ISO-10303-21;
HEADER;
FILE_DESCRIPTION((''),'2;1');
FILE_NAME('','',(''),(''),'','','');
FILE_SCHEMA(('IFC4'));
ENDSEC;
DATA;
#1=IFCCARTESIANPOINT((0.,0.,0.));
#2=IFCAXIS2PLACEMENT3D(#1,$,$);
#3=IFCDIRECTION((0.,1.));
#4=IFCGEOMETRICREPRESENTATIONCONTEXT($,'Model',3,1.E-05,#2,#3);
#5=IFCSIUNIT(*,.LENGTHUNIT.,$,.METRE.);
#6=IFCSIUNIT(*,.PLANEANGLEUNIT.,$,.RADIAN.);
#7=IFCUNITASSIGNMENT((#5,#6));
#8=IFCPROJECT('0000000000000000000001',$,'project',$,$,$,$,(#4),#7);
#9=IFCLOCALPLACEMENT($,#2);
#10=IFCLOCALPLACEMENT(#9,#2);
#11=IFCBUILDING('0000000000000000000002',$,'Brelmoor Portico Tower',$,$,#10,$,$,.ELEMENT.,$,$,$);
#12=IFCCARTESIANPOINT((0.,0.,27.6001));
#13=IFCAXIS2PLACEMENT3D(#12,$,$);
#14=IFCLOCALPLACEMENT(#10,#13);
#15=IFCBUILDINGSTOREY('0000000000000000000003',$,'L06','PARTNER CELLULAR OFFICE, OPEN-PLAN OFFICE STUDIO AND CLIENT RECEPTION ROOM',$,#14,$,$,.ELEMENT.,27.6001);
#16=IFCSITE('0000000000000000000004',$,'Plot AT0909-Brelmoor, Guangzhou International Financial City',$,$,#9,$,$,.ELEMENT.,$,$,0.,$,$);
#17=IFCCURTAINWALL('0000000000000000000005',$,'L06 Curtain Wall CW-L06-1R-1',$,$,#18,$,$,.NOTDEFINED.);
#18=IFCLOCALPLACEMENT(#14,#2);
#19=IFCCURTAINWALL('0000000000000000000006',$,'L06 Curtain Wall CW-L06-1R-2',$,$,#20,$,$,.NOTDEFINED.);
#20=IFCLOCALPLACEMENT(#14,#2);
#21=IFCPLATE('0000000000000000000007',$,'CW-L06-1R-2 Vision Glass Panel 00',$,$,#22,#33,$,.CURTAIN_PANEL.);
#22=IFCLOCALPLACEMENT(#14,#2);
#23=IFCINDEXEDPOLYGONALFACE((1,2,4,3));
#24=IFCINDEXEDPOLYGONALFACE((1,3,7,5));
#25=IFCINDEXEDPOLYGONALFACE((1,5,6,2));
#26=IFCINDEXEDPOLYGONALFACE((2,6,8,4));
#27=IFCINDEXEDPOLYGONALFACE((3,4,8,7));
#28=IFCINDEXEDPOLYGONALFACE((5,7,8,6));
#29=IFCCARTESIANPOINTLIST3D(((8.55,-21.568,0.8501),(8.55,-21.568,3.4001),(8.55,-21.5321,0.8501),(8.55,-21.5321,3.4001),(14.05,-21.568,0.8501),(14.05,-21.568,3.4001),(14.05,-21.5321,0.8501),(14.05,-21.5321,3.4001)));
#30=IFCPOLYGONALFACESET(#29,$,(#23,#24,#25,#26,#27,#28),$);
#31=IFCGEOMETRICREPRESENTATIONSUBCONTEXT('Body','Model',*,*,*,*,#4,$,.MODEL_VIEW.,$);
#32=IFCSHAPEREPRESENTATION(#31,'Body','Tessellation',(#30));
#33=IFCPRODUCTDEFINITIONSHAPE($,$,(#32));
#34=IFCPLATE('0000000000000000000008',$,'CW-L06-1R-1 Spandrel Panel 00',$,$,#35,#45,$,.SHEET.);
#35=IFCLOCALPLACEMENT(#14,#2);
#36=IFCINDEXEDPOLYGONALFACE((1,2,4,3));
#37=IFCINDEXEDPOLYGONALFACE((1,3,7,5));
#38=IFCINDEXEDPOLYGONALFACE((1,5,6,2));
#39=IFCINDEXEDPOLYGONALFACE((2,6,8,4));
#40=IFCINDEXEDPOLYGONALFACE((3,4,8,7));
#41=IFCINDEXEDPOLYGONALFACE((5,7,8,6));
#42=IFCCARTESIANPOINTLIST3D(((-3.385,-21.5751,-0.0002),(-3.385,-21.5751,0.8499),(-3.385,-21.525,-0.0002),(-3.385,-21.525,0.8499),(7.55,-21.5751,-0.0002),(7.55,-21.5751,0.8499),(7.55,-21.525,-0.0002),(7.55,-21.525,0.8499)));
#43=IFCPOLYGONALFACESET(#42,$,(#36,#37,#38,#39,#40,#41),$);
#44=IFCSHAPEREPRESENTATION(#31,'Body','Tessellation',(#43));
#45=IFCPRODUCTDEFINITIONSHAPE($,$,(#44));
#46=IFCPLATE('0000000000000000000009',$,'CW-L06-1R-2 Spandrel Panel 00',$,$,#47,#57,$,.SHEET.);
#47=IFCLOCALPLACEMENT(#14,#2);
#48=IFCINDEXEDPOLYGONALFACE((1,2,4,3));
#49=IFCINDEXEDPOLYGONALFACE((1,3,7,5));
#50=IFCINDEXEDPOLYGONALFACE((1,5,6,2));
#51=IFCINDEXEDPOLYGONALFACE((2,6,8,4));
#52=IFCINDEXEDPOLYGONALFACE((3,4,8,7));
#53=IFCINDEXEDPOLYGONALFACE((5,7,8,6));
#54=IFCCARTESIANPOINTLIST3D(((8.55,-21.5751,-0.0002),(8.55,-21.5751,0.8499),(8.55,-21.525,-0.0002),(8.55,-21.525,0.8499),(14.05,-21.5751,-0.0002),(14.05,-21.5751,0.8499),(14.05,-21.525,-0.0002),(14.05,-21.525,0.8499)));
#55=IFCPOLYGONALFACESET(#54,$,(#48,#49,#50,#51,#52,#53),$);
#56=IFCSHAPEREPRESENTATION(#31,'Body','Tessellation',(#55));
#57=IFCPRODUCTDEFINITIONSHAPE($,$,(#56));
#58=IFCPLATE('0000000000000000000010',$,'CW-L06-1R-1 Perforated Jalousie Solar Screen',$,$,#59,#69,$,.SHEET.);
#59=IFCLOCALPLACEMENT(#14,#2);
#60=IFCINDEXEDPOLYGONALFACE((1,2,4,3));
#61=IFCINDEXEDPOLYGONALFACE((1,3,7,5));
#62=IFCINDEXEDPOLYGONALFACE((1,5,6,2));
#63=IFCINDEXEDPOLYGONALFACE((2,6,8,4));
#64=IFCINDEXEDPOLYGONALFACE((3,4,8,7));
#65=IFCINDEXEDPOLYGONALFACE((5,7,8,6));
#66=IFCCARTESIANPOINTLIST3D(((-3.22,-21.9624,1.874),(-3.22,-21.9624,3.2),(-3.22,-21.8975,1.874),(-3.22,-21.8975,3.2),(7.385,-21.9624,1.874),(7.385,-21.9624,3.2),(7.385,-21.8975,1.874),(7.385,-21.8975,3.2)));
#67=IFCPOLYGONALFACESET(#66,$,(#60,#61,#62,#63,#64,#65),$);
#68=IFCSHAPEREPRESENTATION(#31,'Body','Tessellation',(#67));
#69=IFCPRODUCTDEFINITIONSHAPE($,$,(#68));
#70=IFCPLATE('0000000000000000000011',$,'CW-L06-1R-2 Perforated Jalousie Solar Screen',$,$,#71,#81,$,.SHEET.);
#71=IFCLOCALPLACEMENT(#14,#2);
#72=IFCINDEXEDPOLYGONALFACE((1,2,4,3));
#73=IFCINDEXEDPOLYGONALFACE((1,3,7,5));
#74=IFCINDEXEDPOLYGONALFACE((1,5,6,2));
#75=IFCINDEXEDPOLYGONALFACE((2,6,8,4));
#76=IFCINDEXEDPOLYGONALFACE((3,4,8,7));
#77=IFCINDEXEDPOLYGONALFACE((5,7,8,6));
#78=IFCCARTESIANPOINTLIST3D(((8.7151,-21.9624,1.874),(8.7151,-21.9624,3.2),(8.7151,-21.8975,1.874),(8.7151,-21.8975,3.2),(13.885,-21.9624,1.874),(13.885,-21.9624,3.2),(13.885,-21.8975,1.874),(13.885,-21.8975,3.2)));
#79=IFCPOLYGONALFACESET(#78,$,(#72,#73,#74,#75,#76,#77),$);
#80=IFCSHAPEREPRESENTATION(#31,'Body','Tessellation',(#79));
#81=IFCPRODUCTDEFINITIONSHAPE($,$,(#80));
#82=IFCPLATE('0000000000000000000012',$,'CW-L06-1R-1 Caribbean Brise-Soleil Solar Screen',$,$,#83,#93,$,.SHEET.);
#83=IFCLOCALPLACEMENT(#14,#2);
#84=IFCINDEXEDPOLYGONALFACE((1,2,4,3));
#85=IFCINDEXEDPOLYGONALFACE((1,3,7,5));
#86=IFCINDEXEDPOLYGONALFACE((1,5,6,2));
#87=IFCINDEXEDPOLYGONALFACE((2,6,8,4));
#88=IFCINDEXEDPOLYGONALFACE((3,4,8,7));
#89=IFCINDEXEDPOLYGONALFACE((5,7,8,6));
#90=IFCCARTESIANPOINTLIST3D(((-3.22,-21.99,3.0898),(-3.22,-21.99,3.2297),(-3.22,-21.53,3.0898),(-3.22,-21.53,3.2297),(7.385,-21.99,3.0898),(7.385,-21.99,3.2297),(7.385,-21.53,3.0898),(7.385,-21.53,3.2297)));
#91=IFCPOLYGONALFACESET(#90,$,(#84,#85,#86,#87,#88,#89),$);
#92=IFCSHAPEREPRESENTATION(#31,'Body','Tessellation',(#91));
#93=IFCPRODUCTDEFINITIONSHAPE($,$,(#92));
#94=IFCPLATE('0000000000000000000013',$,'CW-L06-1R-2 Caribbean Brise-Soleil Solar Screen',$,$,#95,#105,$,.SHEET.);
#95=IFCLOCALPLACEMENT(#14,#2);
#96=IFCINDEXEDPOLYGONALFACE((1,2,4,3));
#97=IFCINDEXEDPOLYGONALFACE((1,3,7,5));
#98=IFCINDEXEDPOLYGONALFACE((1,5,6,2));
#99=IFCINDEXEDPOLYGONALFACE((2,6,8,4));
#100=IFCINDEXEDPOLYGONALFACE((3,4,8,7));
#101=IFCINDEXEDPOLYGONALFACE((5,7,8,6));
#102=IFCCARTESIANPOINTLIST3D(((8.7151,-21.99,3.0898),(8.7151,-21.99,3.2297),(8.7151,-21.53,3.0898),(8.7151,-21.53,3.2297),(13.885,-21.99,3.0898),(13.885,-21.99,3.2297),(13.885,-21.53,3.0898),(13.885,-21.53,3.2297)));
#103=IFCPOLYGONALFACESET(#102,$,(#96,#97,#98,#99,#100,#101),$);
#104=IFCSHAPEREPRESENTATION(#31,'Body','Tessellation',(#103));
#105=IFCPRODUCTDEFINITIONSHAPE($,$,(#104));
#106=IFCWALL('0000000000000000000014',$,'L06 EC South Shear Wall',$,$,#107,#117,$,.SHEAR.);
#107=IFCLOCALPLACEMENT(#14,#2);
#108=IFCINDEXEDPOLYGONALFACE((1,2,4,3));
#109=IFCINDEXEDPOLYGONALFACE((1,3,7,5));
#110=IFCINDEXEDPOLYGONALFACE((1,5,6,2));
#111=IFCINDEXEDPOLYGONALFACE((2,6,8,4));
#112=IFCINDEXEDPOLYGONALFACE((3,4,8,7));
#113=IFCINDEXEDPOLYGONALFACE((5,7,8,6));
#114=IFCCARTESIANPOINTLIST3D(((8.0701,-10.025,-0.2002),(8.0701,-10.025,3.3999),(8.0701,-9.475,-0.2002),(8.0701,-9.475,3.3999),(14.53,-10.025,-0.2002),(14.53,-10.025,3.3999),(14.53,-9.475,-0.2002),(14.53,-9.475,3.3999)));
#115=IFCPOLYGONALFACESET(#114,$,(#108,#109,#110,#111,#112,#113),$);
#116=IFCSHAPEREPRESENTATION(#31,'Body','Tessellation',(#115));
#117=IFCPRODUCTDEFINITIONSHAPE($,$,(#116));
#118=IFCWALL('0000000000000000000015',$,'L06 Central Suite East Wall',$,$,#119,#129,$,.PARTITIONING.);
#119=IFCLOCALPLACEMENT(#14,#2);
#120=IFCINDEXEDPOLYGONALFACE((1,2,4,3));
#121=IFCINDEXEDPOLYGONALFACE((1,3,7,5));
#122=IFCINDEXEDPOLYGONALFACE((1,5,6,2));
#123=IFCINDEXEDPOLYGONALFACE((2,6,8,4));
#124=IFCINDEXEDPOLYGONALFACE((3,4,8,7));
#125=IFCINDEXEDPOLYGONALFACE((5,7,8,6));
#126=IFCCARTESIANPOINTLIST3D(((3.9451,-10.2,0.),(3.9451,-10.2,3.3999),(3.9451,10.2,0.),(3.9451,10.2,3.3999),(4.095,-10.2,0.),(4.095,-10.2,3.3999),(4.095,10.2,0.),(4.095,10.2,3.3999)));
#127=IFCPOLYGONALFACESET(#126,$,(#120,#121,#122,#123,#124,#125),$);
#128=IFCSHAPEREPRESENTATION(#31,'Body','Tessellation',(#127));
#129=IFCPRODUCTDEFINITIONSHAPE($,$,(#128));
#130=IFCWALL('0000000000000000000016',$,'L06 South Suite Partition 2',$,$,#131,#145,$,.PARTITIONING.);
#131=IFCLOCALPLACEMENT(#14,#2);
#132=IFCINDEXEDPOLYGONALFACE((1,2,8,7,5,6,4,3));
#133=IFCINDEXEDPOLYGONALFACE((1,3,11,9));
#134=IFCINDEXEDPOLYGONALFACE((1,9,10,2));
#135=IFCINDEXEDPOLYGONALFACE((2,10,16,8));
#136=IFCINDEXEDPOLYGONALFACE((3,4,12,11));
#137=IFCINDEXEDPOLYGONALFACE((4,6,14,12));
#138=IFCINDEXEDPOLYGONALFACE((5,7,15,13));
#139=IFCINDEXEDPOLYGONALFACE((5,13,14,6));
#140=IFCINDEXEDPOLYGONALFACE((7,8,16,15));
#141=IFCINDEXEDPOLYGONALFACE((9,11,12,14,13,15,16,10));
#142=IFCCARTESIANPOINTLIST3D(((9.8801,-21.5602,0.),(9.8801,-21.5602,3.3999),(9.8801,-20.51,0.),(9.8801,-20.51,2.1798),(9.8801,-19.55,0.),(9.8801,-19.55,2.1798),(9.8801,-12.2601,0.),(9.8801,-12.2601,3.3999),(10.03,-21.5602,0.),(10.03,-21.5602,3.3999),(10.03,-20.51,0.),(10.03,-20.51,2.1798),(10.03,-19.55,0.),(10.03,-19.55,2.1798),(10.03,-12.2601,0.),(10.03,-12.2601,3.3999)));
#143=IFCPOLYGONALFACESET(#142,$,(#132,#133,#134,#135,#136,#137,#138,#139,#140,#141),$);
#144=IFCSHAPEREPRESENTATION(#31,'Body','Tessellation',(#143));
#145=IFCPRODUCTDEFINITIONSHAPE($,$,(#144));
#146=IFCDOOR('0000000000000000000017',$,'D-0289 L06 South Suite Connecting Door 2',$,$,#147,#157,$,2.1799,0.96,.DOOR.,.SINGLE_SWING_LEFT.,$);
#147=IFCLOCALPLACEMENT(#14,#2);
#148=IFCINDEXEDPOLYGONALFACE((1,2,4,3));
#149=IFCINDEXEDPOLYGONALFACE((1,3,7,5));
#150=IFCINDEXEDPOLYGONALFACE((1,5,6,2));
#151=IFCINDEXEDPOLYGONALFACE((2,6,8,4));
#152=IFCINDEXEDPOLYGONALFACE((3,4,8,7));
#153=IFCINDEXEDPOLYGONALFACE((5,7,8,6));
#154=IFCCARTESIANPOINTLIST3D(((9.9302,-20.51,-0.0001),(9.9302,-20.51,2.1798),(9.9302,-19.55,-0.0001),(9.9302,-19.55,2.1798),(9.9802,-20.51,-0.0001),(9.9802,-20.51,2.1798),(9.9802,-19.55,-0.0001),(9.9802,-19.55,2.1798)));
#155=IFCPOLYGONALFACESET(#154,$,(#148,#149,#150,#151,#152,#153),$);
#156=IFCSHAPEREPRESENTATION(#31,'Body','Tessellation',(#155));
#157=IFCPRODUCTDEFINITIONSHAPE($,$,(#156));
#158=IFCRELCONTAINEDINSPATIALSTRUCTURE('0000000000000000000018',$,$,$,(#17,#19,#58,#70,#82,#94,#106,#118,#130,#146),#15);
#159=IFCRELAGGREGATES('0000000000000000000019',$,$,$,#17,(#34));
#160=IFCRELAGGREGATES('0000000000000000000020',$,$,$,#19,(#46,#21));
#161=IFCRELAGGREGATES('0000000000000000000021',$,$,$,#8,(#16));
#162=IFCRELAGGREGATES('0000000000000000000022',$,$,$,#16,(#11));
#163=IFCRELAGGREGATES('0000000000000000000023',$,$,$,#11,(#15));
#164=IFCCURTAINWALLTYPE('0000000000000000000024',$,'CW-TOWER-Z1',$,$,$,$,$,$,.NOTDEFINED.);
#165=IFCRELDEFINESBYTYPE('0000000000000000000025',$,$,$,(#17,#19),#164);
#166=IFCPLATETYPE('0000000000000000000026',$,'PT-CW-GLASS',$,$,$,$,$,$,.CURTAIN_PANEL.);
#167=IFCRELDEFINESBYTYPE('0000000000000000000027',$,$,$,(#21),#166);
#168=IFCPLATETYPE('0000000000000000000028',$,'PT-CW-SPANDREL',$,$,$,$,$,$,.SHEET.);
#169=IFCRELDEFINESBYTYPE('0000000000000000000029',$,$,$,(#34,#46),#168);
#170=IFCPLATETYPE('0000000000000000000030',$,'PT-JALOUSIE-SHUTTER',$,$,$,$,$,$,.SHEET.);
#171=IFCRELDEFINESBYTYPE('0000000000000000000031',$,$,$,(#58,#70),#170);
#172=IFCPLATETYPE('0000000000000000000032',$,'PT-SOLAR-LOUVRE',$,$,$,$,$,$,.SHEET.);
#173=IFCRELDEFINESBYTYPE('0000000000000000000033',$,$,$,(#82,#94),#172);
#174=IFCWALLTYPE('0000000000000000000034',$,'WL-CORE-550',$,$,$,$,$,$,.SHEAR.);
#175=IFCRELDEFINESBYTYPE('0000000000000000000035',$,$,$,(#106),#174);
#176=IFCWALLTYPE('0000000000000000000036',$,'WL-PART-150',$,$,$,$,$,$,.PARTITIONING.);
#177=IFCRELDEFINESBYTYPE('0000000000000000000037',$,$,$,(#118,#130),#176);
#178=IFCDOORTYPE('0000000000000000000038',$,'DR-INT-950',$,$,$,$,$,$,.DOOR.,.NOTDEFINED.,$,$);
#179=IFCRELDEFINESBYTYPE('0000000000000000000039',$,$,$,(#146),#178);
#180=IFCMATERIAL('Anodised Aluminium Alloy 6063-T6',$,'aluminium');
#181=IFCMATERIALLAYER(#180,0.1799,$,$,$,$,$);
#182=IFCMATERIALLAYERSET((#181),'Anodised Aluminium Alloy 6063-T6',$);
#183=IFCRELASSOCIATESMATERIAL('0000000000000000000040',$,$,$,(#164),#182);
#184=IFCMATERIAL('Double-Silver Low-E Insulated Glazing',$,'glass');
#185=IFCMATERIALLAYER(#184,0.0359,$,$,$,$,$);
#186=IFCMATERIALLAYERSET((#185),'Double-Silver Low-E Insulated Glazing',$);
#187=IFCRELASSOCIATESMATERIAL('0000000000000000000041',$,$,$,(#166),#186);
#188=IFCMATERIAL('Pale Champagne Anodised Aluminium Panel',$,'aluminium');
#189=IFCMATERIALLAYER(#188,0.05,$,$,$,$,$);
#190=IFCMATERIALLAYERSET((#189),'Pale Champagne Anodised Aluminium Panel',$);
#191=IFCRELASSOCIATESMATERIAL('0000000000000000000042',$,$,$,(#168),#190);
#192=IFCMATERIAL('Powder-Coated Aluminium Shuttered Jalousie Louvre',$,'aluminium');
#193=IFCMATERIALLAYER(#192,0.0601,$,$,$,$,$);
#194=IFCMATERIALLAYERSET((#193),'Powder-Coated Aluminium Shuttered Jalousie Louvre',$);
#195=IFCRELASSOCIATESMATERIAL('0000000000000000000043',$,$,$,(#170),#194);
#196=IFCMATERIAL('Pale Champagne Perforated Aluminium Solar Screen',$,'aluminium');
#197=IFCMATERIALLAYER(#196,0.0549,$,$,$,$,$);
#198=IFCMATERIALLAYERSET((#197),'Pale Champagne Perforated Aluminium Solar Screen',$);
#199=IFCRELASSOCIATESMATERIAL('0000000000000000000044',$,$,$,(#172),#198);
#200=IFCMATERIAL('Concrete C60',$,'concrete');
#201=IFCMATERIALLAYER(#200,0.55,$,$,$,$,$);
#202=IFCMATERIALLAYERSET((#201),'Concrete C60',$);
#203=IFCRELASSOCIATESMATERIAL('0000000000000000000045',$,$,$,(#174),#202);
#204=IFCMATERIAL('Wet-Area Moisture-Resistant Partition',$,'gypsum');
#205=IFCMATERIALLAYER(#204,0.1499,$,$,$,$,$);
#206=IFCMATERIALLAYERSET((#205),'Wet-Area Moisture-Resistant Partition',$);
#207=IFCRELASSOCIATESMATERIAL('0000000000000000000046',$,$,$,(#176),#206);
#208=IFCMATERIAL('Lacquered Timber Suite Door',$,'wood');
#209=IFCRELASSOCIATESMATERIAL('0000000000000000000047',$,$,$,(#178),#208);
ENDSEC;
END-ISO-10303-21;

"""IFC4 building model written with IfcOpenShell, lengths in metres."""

from ifc_helpers import new_model, si_unit, direction, frame, frame_2d, origin, origin_2d, place, context, subcontext, project, spatial, rectangle, extrude, material, layer, layer_set, type_object, element, fill, aggregate, save


model = new_model("IFC4")

# Units and contexts
model_context = context("Model", 3, precision=1e-05, world=origin(), true_north=direction((0.0, 1.0)))
body_context = subcontext(model_context, "Body", "Model", "MODEL_VIEW")
ifc_project = project(units=[si_unit("LENGTHUNIT", "METRE"), si_unit("PLANEANGLEUNIT", "RADIAN")], contexts=[model_context])

# Site, building, storey
site_placement = place(None, origin())
site = spatial("IfcSite", under=ifc_project, at=site_placement, Name="Plot AT0909-Brelmoor, Guangzhou International Financial City", CompositionType="ELEMENT", RefElevation=0.0)
building_placement = place(site_placement, origin())
building = spatial("IfcBuilding", under=site, at=building_placement, Name="Brelmoor Portico Tower", CompositionType="ELEMENT")
storey_placement = place(building_placement, frame((0.0, 0.0, 27.6001)))
storey = spatial("IfcBuildingStorey", under=building, at=storey_placement, Name="L06", Description="PARTNER CELLULAR OFFICE, OPEN-PLAN OFFICE STUDIO AND CLIENT RECEPTION ROOM", CompositionType="ELEMENT", Elevation=27.6001)

# Curtain wall
ifc_material_1 = material(Name="Anodised Aluminium Alloy 6063-T6", Category="aluminium")
ifc_layer_1 = layer(ifc_material_1, 0.1799)
ifc_layer_set_1 = layer_set([ifc_layer_1], Name="Anodised Aluminium Alloy 6063-T6")
curtain_wall_type = type_object("IfcCurtainWallType", Name="CW-TOWER-Z1", PredefinedType="NOTDEFINED", material=ifc_layer_set_1)
curtain_wall_1_placement = place(storey_placement, origin())
curtain_wall_1 = element("IfcCurtainWall", 1, at=curtain_wall_1_placement, inside=storey, type_object=curtain_wall_type, Name="L06 Curtain Wall CW-L06-1R-1", PredefinedType="NOTDEFINED")

# Curtain wall
curtain_wall_2_placement = place(storey_placement, origin())
curtain_wall_2 = element("IfcCurtainWall", 2, at=curtain_wall_2_placement, inside=storey, type_object=curtain_wall_type, Name="L06 Curtain Wall CW-L06-1R-2", PredefinedType="NOTDEFINED")

# Plates
ifc_material_2 = material(Name="Double-Silver Low-E Insulated Glazing", Category="glass")
ifc_layer_2 = layer(ifc_material_2, 0.0359)
ifc_layer_set_2 = layer_set([ifc_layer_2], Name="Double-Silver Low-E Insulated Glazing")
plate_type_1 = type_object("IfcPlateType", Name="PT-CW-GLASS", PredefinedType="CURTAIN_PANEL", material=ifc_layer_set_2)
plate_1_placement = place(storey_placement, frame((11.3, -21.55, 0.8501), z_axis=(0.0, 0.0, 1.0), x_axis=(1.0, 0.0, 0.0)))
plate_1 = element("IfcPlate", 3, at=plate_1_placement, type_object=plate_type_1, Name="CW-L06-1R-2 Vision Glass Panel 00", PredefinedType="CURTAIN_PANEL", context=body_context, shape_type="SweptSolid", body=[
    extrude(rectangle(XDim=5.5, YDim=0.0359, at=origin_2d()), origin(), (0.0, 0.0, 1.0), 2.55),
])
ifc_material_3 = material(Name="Pale Champagne Anodised Aluminium Panel", Category="aluminium")
ifc_layer_3 = layer(ifc_material_3, 0.05)
ifc_layer_set_3 = layer_set([ifc_layer_3], Name="Pale Champagne Anodised Aluminium Panel")
plate_type_2 = type_object("IfcPlateType", Name="PT-CW-SPANDREL", PredefinedType="SHEET", material=ifc_layer_set_3)
plate_2_placement = place(storey_placement, frame((2.0825, -21.55, -0.0002), z_axis=(0.0, 0.0, 1.0), x_axis=(1.0, 0.0, 0.0)))
plate_2 = element("IfcPlate", 4, at=plate_2_placement, type_object=plate_type_2, Name="CW-L06-1R-1 Spandrel Panel 00", PredefinedType="SHEET", context=body_context, shape_type="SweptSolid", body=[
    extrude(rectangle(XDim=10.9351, YDim=0.05, at=origin_2d()), origin(), (0.0, 0.0, 1.0), 0.8501),
])
aggregate(curtain_wall_1, [plate_2])
plate_3_placement = place(storey_placement, frame((11.3, -21.55, -0.0002), z_axis=(0.0, 0.0, 1.0), x_axis=(1.0, 0.0, 0.0)))
plate_3 = element("IfcPlate", 5, at=plate_3_placement, type_object=plate_type_2, Name="CW-L06-1R-2 Spandrel Panel 00", PredefinedType="SHEET", context=body_context, shape_type="SweptSolid", body=[
    extrude(rectangle(XDim=5.5, YDim=0.05, at=origin_2d()), origin(), (0.0, 0.0, 1.0), 0.8501),
])
aggregate(curtain_wall_2, [plate_3, plate_1])

# Plates
ifc_material_4 = material(Name="Powder-Coated Aluminium Shuttered Jalousie Louvre", Category="aluminium")
ifc_layer_4 = layer(ifc_material_4, 0.0601)
ifc_layer_set_4 = layer_set([ifc_layer_4], Name="Powder-Coated Aluminium Shuttered Jalousie Louvre")
plate_type_3 = type_object("IfcPlateType", Name="PT-JALOUSIE-SHUTTER", PredefinedType="SHEET", material=ifc_layer_set_4)
plate_4_placement = place(storey_placement, frame((2.0825, -21.9299, 1.874), z_axis=(0.0, 0.0, 1.0), x_axis=(1.0, 0.0, 0.0)))
element("IfcPlate", 6, at=plate_4_placement, inside=storey, type_object=plate_type_3, Name="CW-L06-1R-1 Perforated Jalousie Solar Screen", PredefinedType="SHEET", context=body_context, shape_type="SweptSolid", body=[
    extrude(rectangle(XDim=10.605, YDim=0.0649, at=origin_2d()), origin(), (0.0, 0.0, 1.0), 1.3259),
])
plate_5_placement = place(storey_placement, frame((11.3, -21.9299, 1.874), z_axis=(0.0, 0.0, 1.0), x_axis=(1.0, 0.0, 0.0)))
element("IfcPlate", 7, at=plate_5_placement, inside=storey, type_object=plate_type_3, Name="CW-L06-1R-2 Perforated Jalousie Solar Screen", PredefinedType="SHEET", context=body_context, shape_type="SweptSolid", body=[
    extrude(rectangle(XDim=5.1699, YDim=0.0649, at=origin_2d()), origin(), (0.0, 0.0, 1.0), 1.3259),
])
ifc_material_5 = material(Name="Pale Champagne Perforated Aluminium Solar Screen", Category="aluminium")
ifc_layer_5 = layer(ifc_material_5, 0.0549)
ifc_layer_set_5 = layer_set([ifc_layer_5], Name="Pale Champagne Perforated Aluminium Solar Screen")
plate_type_4 = type_object("IfcPlateType", Name="PT-SOLAR-LOUVRE", PredefinedType="SHEET", material=ifc_layer_set_5)
plate_6_placement = place(storey_placement, frame((2.0825, -21.76, 3.0898), z_axis=(0.0, 0.0, 1.0), x_axis=(1.0, 0.0, 0.0)))
element("IfcPlate", 8, at=plate_6_placement, inside=storey, type_object=plate_type_4, Name="CW-L06-1R-1 Caribbean Brise-Soleil Solar Screen", PredefinedType="SHEET", context=body_context, shape_type="SweptSolid", body=[
    extrude(rectangle(XDim=10.605, YDim=0.46, at=origin_2d()), origin(), (0.0, 0.0, 1.0), 0.1399),
])
plate_7_placement = place(storey_placement, frame((11.3, -21.76, 3.0898), z_axis=(0.0, 0.0, 1.0), x_axis=(1.0, 0.0, 0.0)))
element("IfcPlate", 9, at=plate_7_placement, inside=storey, type_object=plate_type_4, Name="CW-L06-1R-2 Caribbean Brise-Soleil Solar Screen", PredefinedType="SHEET", context=body_context, shape_type="SweptSolid", body=[
    extrude(rectangle(XDim=5.1699, YDim=0.46, at=origin_2d()), origin(), (0.0, 0.0, 1.0), 0.1399),
])

# Walls
ifc_material_6 = material(Name="Concrete C60", Category="concrete")
ifc_layer_6 = layer(ifc_material_6, 0.55)
ifc_layer_set_6 = layer_set([ifc_layer_6], Name="Concrete C60")
wall_type_1 = type_object("IfcWallType", Name="WL-CORE-550", PredefinedType="SHEAR", material=ifc_layer_set_6)
wall_1_placement = place(storey_placement, frame((8.0701, -9.75, -0.2002), z_axis=(0.0, 0.0, 1.0), x_axis=(1.0, 0.0, 0.0)))
element("IfcWall", 10, at=wall_1_placement, inside=storey, type_object=wall_type_1, Name="L06 EC South Shear Wall", PredefinedType="SHEAR", context=body_context, shape_type="SweptSolid", body=[
    extrude(rectangle(XDim=6.46, YDim=0.55, at=frame_2d((3.23, 0.0))), origin(), (0.0, 0.0, 1.0), 3.6001),
])
ifc_material_7 = material(Name="Wet-Area Moisture-Resistant Partition", Category="gypsum")
ifc_layer_7 = layer(ifc_material_7, 0.1499)
ifc_layer_set_7 = layer_set([ifc_layer_7], Name="Wet-Area Moisture-Resistant Partition")
wall_type_2 = type_object("IfcWallType", Name="WL-PART-150", PredefinedType="PARTITIONING", material=ifc_layer_set_7)
wall_2_placement = place(storey_placement, frame((4.02, -10.2, 0.0), z_axis=(0.0, 0.0, 1.0), x_axis=(0.0, 1.0, 0.0)))
element("IfcWall", 11, at=wall_2_placement, inside=storey, type_object=wall_type_2, Name="L06 Central Suite East Wall", PredefinedType="PARTITIONING", context=body_context, shape_type="SweptSolid", body=[
    extrude(rectangle(XDim=20.3999, YDim=0.1499, at=frame_2d((10.2, 0.0))), origin(), (0.0, 0.0, 1.0), 3.3999),
])

# Wall, opening, door
wall_3_placement = place(storey_placement, frame((9.9551, -21.5601, 0.0), z_axis=(0.0, 0.0, 1.0), x_axis=(0.0, 1.0, 0.0)))
wall_3 = element("IfcWall", 12, at=wall_3_placement, inside=storey, type_object=wall_type_2, Name="L06 South Suite Partition 2", PredefinedType="PARTITIONING", context=body_context, shape_type="SweptSolid", body=[
    extrude(rectangle(XDim=9.3, YDim=0.1499, at=frame_2d((4.6499, 0.0))), origin(), (0.0, 0.0, 1.0), 3.3999),
])
opening_1_placement = place(wall_3_placement, frame((1.05, 0.0, 0.0)))
opening_1 = element("IfcOpeningElement", 13, at=opening_1_placement, cuts=wall_3, PredefinedType="OPENING", context=body_context, shape_type="SweptSolid", body=[
    extrude(rectangle(XDim=0.96, YDim=2.1799, at=frame_2d((0.48, 1.0898))), frame((0.0, 0.085, 0.0), z_axis=(0.0, -1.0, 0.0), x_axis=(1.0, 0.0, 0.0)), (0.0, 0.0, 1.0), 0.1699),
])
ifc_material_8 = material(Name="Lacquered Timber Suite Door", Category="wood")
door_type_1 = type_object("IfcDoorType", Name="DR-INT-950", OperationType="NOTDEFINED", PredefinedType="DOOR", material=ifc_material_8)
door_1_placement = place(opening_1_placement, origin())
door_1 = element("IfcDoor", 14, at=door_1_placement, inside=storey, type_object=door_type_1, Name="D-0289 L06 South Suite Connecting Door 2", OperationType="SINGLE_SWING_LEFT", OverallHeight=2.1799, OverallWidth=0.96, PredefinedType="DOOR", context=body_context, shape_type="SweptSolid", body=[
    extrude(rectangle(XDim=0.96, YDim=2.1799, at=frame_2d((0.48, 1.0898))), frame((0.0, 0.0249, 0.0), z_axis=(0.0, -1.0, 0.0), x_axis=(1.0, 0.0, 0.0)), (0.0, 0.0, 1.0), 0.05),
])
fill(opening_1, door_1)

save(model, "model.ifc")
